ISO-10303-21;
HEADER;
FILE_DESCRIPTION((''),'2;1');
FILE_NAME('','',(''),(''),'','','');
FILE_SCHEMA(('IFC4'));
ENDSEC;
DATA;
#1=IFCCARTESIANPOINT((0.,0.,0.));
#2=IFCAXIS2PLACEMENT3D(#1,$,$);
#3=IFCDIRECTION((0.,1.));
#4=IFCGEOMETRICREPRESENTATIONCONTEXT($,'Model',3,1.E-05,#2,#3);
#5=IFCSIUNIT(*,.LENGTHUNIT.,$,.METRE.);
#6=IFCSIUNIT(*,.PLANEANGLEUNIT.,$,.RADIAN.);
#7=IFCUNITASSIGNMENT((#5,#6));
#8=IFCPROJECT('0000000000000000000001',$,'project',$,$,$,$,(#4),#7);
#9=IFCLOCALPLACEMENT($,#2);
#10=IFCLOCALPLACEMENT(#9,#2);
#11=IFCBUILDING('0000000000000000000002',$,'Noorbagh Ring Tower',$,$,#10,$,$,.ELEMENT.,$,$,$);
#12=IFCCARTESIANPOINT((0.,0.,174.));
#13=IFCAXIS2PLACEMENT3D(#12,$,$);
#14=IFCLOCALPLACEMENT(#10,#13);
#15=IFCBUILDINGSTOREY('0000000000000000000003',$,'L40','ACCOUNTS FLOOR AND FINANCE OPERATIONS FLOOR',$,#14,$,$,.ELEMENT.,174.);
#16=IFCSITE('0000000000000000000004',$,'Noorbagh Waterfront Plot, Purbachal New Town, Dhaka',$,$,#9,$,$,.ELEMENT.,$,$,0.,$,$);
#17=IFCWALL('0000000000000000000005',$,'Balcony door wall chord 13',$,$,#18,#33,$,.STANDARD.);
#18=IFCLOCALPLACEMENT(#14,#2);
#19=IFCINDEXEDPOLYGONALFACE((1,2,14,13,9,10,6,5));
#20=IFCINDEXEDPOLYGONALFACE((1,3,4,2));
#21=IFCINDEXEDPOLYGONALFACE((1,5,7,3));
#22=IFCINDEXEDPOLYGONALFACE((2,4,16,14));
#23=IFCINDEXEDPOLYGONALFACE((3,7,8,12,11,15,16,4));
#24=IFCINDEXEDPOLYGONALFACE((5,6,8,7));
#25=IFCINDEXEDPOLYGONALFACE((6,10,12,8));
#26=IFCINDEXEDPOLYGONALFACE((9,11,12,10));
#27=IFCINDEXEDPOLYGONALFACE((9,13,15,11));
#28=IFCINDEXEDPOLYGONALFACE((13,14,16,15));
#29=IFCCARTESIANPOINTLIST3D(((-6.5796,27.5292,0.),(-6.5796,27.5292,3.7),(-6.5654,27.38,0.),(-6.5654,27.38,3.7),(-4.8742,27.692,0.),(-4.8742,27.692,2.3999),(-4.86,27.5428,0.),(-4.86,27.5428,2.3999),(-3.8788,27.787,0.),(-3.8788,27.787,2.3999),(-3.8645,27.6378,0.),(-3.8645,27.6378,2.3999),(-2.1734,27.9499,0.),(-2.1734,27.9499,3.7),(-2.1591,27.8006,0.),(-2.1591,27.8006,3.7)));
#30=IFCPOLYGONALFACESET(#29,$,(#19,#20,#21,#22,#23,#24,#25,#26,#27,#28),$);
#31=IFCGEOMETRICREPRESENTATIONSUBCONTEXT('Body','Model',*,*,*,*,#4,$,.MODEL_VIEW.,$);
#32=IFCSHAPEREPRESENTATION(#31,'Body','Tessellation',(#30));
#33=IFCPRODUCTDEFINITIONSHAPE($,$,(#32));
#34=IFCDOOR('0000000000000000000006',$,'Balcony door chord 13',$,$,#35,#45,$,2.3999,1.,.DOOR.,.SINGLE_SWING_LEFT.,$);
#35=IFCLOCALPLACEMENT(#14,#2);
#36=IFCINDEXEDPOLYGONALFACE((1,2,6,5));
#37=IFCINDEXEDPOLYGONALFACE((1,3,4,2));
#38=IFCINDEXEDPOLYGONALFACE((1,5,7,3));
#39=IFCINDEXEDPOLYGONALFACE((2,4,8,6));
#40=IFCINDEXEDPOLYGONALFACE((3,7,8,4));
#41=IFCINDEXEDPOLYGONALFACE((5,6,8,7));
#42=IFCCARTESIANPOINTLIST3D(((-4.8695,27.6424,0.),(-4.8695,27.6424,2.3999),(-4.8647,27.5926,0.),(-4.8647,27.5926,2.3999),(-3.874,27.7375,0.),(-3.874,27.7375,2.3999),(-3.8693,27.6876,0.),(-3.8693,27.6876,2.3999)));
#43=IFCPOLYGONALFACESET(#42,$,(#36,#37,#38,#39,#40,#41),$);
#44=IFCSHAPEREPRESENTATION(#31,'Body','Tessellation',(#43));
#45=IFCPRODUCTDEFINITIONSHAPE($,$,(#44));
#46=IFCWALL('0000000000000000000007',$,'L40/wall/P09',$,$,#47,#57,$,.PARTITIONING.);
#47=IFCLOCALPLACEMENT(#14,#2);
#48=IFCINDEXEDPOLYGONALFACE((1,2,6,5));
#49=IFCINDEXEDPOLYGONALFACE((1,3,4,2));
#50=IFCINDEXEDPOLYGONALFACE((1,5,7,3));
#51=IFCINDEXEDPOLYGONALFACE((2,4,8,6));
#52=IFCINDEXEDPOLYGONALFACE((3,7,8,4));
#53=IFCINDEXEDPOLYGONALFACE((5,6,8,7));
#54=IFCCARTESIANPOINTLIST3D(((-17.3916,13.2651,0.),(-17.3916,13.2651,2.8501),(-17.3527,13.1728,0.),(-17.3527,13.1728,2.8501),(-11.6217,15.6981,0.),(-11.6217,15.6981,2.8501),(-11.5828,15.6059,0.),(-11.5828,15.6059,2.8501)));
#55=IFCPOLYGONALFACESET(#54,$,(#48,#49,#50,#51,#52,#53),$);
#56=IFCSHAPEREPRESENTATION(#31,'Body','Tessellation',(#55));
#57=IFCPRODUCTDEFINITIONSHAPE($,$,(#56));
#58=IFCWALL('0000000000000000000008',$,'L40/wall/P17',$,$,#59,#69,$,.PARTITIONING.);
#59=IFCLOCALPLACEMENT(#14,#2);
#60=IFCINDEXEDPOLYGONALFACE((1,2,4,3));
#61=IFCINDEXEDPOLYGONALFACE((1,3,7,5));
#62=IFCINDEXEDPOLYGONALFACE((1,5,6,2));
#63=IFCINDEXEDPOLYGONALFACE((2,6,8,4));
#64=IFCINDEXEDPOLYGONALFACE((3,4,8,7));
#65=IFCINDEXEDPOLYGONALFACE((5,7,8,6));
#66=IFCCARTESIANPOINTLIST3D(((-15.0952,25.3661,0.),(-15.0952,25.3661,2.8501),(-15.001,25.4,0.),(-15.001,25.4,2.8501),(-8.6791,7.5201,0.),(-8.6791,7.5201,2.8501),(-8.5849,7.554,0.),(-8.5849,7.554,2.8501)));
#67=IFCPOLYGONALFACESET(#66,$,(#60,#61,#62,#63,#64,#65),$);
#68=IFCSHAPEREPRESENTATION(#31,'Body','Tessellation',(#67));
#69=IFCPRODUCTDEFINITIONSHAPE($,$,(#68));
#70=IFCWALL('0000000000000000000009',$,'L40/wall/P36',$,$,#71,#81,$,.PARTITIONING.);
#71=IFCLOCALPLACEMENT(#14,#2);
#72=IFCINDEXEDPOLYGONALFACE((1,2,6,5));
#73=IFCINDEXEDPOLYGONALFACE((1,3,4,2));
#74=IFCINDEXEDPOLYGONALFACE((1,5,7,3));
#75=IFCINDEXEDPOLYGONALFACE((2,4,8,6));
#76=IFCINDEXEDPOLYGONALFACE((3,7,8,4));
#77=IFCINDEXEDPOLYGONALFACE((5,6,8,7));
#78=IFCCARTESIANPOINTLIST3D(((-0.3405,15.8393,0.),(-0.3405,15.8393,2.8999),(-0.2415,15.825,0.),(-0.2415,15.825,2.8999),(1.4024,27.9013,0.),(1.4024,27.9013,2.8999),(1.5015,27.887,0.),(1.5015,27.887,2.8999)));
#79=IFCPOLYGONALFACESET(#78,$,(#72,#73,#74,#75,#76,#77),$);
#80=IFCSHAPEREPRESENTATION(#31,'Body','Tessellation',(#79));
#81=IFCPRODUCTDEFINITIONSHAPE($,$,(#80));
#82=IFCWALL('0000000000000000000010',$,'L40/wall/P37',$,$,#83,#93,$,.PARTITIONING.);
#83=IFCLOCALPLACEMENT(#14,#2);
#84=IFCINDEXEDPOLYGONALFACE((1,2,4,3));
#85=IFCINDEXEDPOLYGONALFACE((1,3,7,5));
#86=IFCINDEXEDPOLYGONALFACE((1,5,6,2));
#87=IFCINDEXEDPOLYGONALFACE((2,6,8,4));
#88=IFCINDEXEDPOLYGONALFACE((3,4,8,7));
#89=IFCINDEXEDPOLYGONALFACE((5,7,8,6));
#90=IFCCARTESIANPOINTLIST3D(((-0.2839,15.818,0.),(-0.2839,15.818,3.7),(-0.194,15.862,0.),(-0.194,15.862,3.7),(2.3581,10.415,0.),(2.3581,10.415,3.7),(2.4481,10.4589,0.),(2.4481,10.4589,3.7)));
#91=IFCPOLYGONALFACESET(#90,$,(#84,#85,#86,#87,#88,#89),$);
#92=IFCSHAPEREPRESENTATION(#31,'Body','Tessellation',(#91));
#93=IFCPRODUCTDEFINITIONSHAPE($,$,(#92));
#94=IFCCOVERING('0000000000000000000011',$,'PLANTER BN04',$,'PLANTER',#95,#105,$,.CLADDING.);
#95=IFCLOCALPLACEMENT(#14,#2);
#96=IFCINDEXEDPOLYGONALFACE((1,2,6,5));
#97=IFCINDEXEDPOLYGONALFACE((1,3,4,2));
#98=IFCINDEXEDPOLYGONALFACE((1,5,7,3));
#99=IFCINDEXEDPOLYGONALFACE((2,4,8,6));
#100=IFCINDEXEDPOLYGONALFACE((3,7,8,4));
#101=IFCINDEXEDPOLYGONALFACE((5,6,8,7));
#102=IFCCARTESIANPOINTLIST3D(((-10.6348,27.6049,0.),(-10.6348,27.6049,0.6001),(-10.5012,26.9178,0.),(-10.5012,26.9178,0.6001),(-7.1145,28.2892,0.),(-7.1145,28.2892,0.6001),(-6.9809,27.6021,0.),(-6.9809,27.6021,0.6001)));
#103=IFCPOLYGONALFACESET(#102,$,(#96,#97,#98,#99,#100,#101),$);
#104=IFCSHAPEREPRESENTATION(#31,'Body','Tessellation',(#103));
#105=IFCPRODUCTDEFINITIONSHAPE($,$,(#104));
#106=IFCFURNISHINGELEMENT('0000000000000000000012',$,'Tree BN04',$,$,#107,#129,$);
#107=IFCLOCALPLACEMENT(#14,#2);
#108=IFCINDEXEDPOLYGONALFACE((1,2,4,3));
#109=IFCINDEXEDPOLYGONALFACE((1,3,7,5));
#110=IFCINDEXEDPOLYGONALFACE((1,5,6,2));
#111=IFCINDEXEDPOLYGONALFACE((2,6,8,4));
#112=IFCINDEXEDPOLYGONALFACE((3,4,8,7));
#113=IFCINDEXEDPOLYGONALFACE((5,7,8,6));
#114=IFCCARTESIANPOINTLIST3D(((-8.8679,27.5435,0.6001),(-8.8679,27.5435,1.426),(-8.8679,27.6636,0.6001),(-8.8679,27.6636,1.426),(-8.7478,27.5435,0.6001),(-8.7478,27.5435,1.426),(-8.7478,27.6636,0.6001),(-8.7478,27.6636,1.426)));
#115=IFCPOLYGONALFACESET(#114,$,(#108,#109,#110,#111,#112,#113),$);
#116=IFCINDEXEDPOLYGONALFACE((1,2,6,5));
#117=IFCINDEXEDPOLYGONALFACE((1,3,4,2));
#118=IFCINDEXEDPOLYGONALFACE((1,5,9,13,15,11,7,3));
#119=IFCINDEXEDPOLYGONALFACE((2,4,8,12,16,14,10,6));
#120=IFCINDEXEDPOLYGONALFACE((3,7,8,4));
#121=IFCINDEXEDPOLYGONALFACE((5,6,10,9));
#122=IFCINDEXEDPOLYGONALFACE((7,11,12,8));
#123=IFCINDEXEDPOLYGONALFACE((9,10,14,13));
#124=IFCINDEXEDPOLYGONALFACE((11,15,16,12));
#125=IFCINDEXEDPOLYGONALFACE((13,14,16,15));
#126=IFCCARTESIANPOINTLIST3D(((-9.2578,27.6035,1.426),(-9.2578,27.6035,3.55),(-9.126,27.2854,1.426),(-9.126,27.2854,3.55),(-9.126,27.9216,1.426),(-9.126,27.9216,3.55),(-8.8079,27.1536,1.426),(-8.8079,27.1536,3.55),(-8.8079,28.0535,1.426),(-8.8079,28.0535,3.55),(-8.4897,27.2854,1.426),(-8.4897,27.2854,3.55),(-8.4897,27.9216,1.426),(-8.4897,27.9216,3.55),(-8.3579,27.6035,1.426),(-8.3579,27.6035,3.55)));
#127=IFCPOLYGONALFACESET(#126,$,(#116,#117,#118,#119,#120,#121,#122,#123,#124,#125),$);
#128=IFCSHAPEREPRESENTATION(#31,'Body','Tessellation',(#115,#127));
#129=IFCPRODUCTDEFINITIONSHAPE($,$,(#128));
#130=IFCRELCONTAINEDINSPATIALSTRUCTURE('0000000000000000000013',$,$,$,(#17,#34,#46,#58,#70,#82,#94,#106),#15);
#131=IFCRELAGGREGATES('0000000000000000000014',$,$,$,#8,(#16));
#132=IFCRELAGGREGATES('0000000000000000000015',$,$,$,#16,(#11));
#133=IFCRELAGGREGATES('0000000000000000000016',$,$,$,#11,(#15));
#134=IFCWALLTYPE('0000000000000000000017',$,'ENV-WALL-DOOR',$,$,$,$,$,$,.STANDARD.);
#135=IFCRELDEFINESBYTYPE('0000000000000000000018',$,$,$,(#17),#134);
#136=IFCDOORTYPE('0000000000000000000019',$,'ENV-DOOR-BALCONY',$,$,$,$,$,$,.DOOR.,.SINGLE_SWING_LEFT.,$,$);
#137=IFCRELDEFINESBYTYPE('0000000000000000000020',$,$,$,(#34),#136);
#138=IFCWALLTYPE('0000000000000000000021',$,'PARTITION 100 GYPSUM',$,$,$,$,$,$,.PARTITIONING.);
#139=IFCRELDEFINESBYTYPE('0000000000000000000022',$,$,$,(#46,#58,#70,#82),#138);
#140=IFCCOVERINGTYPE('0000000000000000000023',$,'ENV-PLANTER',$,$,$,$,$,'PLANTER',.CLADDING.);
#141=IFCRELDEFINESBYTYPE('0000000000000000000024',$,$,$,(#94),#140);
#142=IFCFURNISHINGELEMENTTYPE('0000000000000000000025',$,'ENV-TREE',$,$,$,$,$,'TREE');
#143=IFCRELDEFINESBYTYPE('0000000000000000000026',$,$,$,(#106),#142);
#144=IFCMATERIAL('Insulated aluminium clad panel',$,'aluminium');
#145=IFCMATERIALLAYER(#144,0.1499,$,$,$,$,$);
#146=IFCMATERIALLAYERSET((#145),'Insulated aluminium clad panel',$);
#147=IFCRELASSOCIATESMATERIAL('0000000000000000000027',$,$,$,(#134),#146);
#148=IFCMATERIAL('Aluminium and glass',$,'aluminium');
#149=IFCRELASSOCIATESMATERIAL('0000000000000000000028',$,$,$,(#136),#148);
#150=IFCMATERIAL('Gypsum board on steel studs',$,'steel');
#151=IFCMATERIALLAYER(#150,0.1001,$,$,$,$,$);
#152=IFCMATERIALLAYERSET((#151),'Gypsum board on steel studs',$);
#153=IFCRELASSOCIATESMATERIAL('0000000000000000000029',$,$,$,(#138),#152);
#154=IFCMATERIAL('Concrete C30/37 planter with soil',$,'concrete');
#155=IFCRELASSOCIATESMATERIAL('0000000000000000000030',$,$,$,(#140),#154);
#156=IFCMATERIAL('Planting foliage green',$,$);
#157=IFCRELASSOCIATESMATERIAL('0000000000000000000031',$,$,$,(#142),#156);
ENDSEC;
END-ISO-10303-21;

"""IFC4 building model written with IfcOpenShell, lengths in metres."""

from ifc_helpers import new_model, si_unit, direction, frame, frame_2d, origin, origin_2d, place, context, subcontext, project, spatial, polyline, rectangle, outline, extrude, material, layer, layer_set, type_object, element, fill, save


model = new_model("IFC4")

# Units and contexts
model_context = context("Model", 3, precision=1e-05, world=origin(), true_north=direction((0.0, 1.0)))
body_context = subcontext(model_context, "Body", "Model", "MODEL_VIEW")
ifc_project = project(units=[si_unit("LENGTHUNIT", "METRE"), si_unit("PLANEANGLEUNIT", "RADIAN")], contexts=[model_context])

# Site, building, storey
site_placement = place(None, origin())
site = spatial("IfcSite", under=ifc_project, at=site_placement, Name="Noorbagh Waterfront Plot, Purbachal New Town, Dhaka", CompositionType="ELEMENT", RefElevation=0.0)
building_placement = place(site_placement, origin())
building = spatial("IfcBuilding", under=site, at=building_placement, Name="Noorbagh Ring Tower", CompositionType="ELEMENT")
storey_placement = place(building_placement, frame((0.0, 0.0, 174.0)))
storey = spatial("IfcBuildingStorey", under=building, at=storey_placement, Name="L40", Description="ACCOUNTS FLOOR AND FINANCE OPERATIONS FLOOR", CompositionType="ELEMENT", Elevation=174.0)

# Wall, opening, door
ifc_material_1 = material(Name="Insulated aluminium clad panel", Category="aluminium")
ifc_layer_1 = layer(ifc_material_1, 0.1499)
ifc_layer_set_1 = layer_set([ifc_layer_1], Name="Insulated aluminium clad panel")
wall_type_1 = type_object("IfcWallType", Name="ENV-WALL-DOOR", PredefinedType="STANDARD", material=ifc_layer_set_1)
wall_1_placement = place(storey_placement, frame((-2.1663, 27.8752, 0.0), z_axis=(0.0, 0.0, 1.0), x_axis=(-0.995474, -0.095036, 0.0)))
wall_1 = element("IfcWall", 1, at=wall_1_placement, inside=storey, type_object=wall_type_1, Name="Balcony door wall chord 13", PredefinedType="STANDARD", context=body_context, shape_type="SweptSolid", body=[
    extrude(rectangle(XDim=4.4263, YDim=0.1499, at=frame_2d((2.2131, 0.0))), origin(), (0.0, 0.0, 1.0), 3.7),
])
opening_placement = place(wall_1_placement, frame((1.7131, 0.0, 0.0)))
opening = element("IfcOpeningElement", 2, at=opening_placement, cuts=wall_1, PredefinedType="OPENING", context=body_context, shape_type="SweptSolid", body=[
    extrude(rectangle(XDim=1.0, YDim=2.3999, at=frame_2d((0.5, 1.2))), frame((0.0, 0.085, 0.0), z_axis=(0.0, -1.0, 0.0), x_axis=(1.0, 0.0, 0.0)), (0.0, 0.0, 1.0), 0.1699),
])
ifc_material_2 = material(Name="Aluminium and glass", Category="aluminium")
door_type = type_object("IfcDoorType", Name="ENV-DOOR-BALCONY", OperationType="SINGLE_SWING_LEFT", PredefinedType="DOOR", material=ifc_material_2)
door_placement = place(opening_placement, origin())
door = element("IfcDoor", 3, at=door_placement, inside=storey, type_object=door_type, Name="Balcony door chord 13", OperationType="SINGLE_SWING_LEFT", OverallHeight=2.3999, OverallWidth=1.0, PredefinedType="DOOR", context=body_context, shape_type="SweptSolid", body=[
    extrude(rectangle(XDim=1.0, YDim=2.3999, at=frame_2d((0.5, 1.2))), frame((0.0, 0.0249, 0.0), z_axis=(0.0, -1.0, 0.0), x_axis=(1.0, 0.0, 0.0)), (0.0, 0.0, 1.0), 0.05),
])
fill(opening, door)

# Walls
ifc_material_3 = material(Name="Gypsum board on steel studs", Category="steel")
ifc_layer_2 = layer(ifc_material_3, 0.1001)
ifc_layer_set_2 = layer_set([ifc_layer_2], Name="Gypsum board on steel studs")
wall_type_2 = type_object("IfcWallType", Name="PARTITION 100 GYPSUM", PredefinedType="PARTITIONING", material=ifc_layer_set_2)
wall_2_placement = place(storey_placement, frame((-17.3721, 13.219, 0.0), z_axis=(0.0, 0.0, 1.0), x_axis=(0.921428, 0.388548, 0.0)))
element("IfcWall", 4, at=wall_2_placement, inside=storey, type_object=wall_type_2, Name="L40/wall/P09", PredefinedType="PARTITIONING", context=body_context, shape_type="SweptSolid", body=[
    extrude(rectangle(XDim=6.262, YDim=0.1001, at=frame_2d((3.1309, 0.0))), origin(), (0.0, 0.0, 1.0), 2.8501),
])
wall_3_placement = place(storey_placement, frame((-15.0481, 25.3831, 0.0), z_axis=(0.0, 0.0, 1.0), x_axis=(0.338321, -0.941031, 0.0)))
element("IfcWall", 5, at=wall_3_placement, inside=storey, type_object=wall_type_2, Name="L40/wall/P17", PredefinedType="PARTITIONING", context=body_context, shape_type="SweptSolid", body=[
    extrude(rectangle(XDim=18.9644, YDim=0.1001, at=frame_2d((9.4822, 0.0))), origin(), (0.0, 0.0, 1.0), 2.8501),
])
wall_4_placement = place(storey_placement, frame((-0.291, 15.832, 0.0), z_axis=(0.0, 0.0, 1.0), x_axis=(0.143011, 0.989721, 0.0)))
element("IfcWall", 6, at=wall_4_placement, inside=storey, type_object=wall_type_2, Name="L40/wall/P36", PredefinedType="PARTITIONING", context=body_context, shape_type="SweptSolid", body=[
    extrude(rectangle(XDim=12.1873, YDim=0.1001, at=frame_2d((6.0938, 0.0))), origin(), (0.0, 0.0, 1.0), 2.8999),
])
wall_5_placement = place(storey_placement, frame((-0.239, 15.8401, 0.0), z_axis=(0.0, 0.0, 1.0), x_axis=(0.439289, -0.898346, 0.0)))
element("IfcWall", 7, at=wall_5_placement, inside=storey, type_object=wall_type_2, Name="L40/wall/P37", PredefinedType="PARTITIONING", context=body_context, shape_type="SweptSolid", body=[
    extrude(rectangle(XDim=6.0144, YDim=0.1001, at=frame_2d((3.0073, 0.0))), origin(), (0.0, 0.0, 1.0), 3.7),
])

# Covering
ifc_material_4 = material(Name="Concrete C30/37 planter with soil", Category="concrete")
covering_type = type_object("IfcCoveringType", Name="ENV-PLANTER", ElementType="PLANTER", PredefinedType="CLADDING", material=ifc_material_4)
covering_placement = place(storey_placement, frame((-8.8079, 27.6035, 0.0), z_axis=(0.0, 0.0, 1.0), x_axis=(-0.981625, -0.19082, 0.0)))
element("IfcCovering", 8, at=covering_placement, inside=storey, type_object=covering_type, Name="PLANTER BN04", ObjectType="PLANTER", PredefinedType="CLADDING", context=body_context, shape_type="SweptSolid", body=[
    extrude(rectangle(XDim=3.5862, YDim=0.7, at=origin_2d()), origin(), (0.0, 0.0, 1.0), 0.6001),
])

# Furnishing element
ifc_material_5 = material(Name="Planting foliage green")
furnishing_element_type = type_object("IfcFurnishingElementType", Name="ENV-TREE", ElementType="TREE", material=ifc_material_5)
furnishing_placement = place(storey_placement, frame((-8.8079, 27.6035, 0.6001), z_axis=(0.0, 0.0, 1.0), x_axis=(1.0, 0.0, 0.0)))
element("IfcFurnishingElement", 9, at=furnishing_placement, inside=storey, type_object=furnishing_element_type, Name="Tree BN04", context=body_context, shape_type="SweptSolid", body=[
    extrude(rectangle(XDim=0.1201, YDim=0.1201, at=origin_2d()), origin(), (0.0, 0.0, 1.0), 0.8259),
    extrude(outline(polyline([(0.45, 0.0), (0.3181, 0.3181), (0.0, 0.45), (-0.3181, 0.3181), (-0.45, 0.0), (-0.3181, -0.3181), (0.0, -0.45), (0.3181, -0.3181), (0.45, 0.0)])), frame((0.0, 0.0, 0.8259)), (0.0, 0.0, 1.0), 2.124),
])

save(model, "model.ifc")
